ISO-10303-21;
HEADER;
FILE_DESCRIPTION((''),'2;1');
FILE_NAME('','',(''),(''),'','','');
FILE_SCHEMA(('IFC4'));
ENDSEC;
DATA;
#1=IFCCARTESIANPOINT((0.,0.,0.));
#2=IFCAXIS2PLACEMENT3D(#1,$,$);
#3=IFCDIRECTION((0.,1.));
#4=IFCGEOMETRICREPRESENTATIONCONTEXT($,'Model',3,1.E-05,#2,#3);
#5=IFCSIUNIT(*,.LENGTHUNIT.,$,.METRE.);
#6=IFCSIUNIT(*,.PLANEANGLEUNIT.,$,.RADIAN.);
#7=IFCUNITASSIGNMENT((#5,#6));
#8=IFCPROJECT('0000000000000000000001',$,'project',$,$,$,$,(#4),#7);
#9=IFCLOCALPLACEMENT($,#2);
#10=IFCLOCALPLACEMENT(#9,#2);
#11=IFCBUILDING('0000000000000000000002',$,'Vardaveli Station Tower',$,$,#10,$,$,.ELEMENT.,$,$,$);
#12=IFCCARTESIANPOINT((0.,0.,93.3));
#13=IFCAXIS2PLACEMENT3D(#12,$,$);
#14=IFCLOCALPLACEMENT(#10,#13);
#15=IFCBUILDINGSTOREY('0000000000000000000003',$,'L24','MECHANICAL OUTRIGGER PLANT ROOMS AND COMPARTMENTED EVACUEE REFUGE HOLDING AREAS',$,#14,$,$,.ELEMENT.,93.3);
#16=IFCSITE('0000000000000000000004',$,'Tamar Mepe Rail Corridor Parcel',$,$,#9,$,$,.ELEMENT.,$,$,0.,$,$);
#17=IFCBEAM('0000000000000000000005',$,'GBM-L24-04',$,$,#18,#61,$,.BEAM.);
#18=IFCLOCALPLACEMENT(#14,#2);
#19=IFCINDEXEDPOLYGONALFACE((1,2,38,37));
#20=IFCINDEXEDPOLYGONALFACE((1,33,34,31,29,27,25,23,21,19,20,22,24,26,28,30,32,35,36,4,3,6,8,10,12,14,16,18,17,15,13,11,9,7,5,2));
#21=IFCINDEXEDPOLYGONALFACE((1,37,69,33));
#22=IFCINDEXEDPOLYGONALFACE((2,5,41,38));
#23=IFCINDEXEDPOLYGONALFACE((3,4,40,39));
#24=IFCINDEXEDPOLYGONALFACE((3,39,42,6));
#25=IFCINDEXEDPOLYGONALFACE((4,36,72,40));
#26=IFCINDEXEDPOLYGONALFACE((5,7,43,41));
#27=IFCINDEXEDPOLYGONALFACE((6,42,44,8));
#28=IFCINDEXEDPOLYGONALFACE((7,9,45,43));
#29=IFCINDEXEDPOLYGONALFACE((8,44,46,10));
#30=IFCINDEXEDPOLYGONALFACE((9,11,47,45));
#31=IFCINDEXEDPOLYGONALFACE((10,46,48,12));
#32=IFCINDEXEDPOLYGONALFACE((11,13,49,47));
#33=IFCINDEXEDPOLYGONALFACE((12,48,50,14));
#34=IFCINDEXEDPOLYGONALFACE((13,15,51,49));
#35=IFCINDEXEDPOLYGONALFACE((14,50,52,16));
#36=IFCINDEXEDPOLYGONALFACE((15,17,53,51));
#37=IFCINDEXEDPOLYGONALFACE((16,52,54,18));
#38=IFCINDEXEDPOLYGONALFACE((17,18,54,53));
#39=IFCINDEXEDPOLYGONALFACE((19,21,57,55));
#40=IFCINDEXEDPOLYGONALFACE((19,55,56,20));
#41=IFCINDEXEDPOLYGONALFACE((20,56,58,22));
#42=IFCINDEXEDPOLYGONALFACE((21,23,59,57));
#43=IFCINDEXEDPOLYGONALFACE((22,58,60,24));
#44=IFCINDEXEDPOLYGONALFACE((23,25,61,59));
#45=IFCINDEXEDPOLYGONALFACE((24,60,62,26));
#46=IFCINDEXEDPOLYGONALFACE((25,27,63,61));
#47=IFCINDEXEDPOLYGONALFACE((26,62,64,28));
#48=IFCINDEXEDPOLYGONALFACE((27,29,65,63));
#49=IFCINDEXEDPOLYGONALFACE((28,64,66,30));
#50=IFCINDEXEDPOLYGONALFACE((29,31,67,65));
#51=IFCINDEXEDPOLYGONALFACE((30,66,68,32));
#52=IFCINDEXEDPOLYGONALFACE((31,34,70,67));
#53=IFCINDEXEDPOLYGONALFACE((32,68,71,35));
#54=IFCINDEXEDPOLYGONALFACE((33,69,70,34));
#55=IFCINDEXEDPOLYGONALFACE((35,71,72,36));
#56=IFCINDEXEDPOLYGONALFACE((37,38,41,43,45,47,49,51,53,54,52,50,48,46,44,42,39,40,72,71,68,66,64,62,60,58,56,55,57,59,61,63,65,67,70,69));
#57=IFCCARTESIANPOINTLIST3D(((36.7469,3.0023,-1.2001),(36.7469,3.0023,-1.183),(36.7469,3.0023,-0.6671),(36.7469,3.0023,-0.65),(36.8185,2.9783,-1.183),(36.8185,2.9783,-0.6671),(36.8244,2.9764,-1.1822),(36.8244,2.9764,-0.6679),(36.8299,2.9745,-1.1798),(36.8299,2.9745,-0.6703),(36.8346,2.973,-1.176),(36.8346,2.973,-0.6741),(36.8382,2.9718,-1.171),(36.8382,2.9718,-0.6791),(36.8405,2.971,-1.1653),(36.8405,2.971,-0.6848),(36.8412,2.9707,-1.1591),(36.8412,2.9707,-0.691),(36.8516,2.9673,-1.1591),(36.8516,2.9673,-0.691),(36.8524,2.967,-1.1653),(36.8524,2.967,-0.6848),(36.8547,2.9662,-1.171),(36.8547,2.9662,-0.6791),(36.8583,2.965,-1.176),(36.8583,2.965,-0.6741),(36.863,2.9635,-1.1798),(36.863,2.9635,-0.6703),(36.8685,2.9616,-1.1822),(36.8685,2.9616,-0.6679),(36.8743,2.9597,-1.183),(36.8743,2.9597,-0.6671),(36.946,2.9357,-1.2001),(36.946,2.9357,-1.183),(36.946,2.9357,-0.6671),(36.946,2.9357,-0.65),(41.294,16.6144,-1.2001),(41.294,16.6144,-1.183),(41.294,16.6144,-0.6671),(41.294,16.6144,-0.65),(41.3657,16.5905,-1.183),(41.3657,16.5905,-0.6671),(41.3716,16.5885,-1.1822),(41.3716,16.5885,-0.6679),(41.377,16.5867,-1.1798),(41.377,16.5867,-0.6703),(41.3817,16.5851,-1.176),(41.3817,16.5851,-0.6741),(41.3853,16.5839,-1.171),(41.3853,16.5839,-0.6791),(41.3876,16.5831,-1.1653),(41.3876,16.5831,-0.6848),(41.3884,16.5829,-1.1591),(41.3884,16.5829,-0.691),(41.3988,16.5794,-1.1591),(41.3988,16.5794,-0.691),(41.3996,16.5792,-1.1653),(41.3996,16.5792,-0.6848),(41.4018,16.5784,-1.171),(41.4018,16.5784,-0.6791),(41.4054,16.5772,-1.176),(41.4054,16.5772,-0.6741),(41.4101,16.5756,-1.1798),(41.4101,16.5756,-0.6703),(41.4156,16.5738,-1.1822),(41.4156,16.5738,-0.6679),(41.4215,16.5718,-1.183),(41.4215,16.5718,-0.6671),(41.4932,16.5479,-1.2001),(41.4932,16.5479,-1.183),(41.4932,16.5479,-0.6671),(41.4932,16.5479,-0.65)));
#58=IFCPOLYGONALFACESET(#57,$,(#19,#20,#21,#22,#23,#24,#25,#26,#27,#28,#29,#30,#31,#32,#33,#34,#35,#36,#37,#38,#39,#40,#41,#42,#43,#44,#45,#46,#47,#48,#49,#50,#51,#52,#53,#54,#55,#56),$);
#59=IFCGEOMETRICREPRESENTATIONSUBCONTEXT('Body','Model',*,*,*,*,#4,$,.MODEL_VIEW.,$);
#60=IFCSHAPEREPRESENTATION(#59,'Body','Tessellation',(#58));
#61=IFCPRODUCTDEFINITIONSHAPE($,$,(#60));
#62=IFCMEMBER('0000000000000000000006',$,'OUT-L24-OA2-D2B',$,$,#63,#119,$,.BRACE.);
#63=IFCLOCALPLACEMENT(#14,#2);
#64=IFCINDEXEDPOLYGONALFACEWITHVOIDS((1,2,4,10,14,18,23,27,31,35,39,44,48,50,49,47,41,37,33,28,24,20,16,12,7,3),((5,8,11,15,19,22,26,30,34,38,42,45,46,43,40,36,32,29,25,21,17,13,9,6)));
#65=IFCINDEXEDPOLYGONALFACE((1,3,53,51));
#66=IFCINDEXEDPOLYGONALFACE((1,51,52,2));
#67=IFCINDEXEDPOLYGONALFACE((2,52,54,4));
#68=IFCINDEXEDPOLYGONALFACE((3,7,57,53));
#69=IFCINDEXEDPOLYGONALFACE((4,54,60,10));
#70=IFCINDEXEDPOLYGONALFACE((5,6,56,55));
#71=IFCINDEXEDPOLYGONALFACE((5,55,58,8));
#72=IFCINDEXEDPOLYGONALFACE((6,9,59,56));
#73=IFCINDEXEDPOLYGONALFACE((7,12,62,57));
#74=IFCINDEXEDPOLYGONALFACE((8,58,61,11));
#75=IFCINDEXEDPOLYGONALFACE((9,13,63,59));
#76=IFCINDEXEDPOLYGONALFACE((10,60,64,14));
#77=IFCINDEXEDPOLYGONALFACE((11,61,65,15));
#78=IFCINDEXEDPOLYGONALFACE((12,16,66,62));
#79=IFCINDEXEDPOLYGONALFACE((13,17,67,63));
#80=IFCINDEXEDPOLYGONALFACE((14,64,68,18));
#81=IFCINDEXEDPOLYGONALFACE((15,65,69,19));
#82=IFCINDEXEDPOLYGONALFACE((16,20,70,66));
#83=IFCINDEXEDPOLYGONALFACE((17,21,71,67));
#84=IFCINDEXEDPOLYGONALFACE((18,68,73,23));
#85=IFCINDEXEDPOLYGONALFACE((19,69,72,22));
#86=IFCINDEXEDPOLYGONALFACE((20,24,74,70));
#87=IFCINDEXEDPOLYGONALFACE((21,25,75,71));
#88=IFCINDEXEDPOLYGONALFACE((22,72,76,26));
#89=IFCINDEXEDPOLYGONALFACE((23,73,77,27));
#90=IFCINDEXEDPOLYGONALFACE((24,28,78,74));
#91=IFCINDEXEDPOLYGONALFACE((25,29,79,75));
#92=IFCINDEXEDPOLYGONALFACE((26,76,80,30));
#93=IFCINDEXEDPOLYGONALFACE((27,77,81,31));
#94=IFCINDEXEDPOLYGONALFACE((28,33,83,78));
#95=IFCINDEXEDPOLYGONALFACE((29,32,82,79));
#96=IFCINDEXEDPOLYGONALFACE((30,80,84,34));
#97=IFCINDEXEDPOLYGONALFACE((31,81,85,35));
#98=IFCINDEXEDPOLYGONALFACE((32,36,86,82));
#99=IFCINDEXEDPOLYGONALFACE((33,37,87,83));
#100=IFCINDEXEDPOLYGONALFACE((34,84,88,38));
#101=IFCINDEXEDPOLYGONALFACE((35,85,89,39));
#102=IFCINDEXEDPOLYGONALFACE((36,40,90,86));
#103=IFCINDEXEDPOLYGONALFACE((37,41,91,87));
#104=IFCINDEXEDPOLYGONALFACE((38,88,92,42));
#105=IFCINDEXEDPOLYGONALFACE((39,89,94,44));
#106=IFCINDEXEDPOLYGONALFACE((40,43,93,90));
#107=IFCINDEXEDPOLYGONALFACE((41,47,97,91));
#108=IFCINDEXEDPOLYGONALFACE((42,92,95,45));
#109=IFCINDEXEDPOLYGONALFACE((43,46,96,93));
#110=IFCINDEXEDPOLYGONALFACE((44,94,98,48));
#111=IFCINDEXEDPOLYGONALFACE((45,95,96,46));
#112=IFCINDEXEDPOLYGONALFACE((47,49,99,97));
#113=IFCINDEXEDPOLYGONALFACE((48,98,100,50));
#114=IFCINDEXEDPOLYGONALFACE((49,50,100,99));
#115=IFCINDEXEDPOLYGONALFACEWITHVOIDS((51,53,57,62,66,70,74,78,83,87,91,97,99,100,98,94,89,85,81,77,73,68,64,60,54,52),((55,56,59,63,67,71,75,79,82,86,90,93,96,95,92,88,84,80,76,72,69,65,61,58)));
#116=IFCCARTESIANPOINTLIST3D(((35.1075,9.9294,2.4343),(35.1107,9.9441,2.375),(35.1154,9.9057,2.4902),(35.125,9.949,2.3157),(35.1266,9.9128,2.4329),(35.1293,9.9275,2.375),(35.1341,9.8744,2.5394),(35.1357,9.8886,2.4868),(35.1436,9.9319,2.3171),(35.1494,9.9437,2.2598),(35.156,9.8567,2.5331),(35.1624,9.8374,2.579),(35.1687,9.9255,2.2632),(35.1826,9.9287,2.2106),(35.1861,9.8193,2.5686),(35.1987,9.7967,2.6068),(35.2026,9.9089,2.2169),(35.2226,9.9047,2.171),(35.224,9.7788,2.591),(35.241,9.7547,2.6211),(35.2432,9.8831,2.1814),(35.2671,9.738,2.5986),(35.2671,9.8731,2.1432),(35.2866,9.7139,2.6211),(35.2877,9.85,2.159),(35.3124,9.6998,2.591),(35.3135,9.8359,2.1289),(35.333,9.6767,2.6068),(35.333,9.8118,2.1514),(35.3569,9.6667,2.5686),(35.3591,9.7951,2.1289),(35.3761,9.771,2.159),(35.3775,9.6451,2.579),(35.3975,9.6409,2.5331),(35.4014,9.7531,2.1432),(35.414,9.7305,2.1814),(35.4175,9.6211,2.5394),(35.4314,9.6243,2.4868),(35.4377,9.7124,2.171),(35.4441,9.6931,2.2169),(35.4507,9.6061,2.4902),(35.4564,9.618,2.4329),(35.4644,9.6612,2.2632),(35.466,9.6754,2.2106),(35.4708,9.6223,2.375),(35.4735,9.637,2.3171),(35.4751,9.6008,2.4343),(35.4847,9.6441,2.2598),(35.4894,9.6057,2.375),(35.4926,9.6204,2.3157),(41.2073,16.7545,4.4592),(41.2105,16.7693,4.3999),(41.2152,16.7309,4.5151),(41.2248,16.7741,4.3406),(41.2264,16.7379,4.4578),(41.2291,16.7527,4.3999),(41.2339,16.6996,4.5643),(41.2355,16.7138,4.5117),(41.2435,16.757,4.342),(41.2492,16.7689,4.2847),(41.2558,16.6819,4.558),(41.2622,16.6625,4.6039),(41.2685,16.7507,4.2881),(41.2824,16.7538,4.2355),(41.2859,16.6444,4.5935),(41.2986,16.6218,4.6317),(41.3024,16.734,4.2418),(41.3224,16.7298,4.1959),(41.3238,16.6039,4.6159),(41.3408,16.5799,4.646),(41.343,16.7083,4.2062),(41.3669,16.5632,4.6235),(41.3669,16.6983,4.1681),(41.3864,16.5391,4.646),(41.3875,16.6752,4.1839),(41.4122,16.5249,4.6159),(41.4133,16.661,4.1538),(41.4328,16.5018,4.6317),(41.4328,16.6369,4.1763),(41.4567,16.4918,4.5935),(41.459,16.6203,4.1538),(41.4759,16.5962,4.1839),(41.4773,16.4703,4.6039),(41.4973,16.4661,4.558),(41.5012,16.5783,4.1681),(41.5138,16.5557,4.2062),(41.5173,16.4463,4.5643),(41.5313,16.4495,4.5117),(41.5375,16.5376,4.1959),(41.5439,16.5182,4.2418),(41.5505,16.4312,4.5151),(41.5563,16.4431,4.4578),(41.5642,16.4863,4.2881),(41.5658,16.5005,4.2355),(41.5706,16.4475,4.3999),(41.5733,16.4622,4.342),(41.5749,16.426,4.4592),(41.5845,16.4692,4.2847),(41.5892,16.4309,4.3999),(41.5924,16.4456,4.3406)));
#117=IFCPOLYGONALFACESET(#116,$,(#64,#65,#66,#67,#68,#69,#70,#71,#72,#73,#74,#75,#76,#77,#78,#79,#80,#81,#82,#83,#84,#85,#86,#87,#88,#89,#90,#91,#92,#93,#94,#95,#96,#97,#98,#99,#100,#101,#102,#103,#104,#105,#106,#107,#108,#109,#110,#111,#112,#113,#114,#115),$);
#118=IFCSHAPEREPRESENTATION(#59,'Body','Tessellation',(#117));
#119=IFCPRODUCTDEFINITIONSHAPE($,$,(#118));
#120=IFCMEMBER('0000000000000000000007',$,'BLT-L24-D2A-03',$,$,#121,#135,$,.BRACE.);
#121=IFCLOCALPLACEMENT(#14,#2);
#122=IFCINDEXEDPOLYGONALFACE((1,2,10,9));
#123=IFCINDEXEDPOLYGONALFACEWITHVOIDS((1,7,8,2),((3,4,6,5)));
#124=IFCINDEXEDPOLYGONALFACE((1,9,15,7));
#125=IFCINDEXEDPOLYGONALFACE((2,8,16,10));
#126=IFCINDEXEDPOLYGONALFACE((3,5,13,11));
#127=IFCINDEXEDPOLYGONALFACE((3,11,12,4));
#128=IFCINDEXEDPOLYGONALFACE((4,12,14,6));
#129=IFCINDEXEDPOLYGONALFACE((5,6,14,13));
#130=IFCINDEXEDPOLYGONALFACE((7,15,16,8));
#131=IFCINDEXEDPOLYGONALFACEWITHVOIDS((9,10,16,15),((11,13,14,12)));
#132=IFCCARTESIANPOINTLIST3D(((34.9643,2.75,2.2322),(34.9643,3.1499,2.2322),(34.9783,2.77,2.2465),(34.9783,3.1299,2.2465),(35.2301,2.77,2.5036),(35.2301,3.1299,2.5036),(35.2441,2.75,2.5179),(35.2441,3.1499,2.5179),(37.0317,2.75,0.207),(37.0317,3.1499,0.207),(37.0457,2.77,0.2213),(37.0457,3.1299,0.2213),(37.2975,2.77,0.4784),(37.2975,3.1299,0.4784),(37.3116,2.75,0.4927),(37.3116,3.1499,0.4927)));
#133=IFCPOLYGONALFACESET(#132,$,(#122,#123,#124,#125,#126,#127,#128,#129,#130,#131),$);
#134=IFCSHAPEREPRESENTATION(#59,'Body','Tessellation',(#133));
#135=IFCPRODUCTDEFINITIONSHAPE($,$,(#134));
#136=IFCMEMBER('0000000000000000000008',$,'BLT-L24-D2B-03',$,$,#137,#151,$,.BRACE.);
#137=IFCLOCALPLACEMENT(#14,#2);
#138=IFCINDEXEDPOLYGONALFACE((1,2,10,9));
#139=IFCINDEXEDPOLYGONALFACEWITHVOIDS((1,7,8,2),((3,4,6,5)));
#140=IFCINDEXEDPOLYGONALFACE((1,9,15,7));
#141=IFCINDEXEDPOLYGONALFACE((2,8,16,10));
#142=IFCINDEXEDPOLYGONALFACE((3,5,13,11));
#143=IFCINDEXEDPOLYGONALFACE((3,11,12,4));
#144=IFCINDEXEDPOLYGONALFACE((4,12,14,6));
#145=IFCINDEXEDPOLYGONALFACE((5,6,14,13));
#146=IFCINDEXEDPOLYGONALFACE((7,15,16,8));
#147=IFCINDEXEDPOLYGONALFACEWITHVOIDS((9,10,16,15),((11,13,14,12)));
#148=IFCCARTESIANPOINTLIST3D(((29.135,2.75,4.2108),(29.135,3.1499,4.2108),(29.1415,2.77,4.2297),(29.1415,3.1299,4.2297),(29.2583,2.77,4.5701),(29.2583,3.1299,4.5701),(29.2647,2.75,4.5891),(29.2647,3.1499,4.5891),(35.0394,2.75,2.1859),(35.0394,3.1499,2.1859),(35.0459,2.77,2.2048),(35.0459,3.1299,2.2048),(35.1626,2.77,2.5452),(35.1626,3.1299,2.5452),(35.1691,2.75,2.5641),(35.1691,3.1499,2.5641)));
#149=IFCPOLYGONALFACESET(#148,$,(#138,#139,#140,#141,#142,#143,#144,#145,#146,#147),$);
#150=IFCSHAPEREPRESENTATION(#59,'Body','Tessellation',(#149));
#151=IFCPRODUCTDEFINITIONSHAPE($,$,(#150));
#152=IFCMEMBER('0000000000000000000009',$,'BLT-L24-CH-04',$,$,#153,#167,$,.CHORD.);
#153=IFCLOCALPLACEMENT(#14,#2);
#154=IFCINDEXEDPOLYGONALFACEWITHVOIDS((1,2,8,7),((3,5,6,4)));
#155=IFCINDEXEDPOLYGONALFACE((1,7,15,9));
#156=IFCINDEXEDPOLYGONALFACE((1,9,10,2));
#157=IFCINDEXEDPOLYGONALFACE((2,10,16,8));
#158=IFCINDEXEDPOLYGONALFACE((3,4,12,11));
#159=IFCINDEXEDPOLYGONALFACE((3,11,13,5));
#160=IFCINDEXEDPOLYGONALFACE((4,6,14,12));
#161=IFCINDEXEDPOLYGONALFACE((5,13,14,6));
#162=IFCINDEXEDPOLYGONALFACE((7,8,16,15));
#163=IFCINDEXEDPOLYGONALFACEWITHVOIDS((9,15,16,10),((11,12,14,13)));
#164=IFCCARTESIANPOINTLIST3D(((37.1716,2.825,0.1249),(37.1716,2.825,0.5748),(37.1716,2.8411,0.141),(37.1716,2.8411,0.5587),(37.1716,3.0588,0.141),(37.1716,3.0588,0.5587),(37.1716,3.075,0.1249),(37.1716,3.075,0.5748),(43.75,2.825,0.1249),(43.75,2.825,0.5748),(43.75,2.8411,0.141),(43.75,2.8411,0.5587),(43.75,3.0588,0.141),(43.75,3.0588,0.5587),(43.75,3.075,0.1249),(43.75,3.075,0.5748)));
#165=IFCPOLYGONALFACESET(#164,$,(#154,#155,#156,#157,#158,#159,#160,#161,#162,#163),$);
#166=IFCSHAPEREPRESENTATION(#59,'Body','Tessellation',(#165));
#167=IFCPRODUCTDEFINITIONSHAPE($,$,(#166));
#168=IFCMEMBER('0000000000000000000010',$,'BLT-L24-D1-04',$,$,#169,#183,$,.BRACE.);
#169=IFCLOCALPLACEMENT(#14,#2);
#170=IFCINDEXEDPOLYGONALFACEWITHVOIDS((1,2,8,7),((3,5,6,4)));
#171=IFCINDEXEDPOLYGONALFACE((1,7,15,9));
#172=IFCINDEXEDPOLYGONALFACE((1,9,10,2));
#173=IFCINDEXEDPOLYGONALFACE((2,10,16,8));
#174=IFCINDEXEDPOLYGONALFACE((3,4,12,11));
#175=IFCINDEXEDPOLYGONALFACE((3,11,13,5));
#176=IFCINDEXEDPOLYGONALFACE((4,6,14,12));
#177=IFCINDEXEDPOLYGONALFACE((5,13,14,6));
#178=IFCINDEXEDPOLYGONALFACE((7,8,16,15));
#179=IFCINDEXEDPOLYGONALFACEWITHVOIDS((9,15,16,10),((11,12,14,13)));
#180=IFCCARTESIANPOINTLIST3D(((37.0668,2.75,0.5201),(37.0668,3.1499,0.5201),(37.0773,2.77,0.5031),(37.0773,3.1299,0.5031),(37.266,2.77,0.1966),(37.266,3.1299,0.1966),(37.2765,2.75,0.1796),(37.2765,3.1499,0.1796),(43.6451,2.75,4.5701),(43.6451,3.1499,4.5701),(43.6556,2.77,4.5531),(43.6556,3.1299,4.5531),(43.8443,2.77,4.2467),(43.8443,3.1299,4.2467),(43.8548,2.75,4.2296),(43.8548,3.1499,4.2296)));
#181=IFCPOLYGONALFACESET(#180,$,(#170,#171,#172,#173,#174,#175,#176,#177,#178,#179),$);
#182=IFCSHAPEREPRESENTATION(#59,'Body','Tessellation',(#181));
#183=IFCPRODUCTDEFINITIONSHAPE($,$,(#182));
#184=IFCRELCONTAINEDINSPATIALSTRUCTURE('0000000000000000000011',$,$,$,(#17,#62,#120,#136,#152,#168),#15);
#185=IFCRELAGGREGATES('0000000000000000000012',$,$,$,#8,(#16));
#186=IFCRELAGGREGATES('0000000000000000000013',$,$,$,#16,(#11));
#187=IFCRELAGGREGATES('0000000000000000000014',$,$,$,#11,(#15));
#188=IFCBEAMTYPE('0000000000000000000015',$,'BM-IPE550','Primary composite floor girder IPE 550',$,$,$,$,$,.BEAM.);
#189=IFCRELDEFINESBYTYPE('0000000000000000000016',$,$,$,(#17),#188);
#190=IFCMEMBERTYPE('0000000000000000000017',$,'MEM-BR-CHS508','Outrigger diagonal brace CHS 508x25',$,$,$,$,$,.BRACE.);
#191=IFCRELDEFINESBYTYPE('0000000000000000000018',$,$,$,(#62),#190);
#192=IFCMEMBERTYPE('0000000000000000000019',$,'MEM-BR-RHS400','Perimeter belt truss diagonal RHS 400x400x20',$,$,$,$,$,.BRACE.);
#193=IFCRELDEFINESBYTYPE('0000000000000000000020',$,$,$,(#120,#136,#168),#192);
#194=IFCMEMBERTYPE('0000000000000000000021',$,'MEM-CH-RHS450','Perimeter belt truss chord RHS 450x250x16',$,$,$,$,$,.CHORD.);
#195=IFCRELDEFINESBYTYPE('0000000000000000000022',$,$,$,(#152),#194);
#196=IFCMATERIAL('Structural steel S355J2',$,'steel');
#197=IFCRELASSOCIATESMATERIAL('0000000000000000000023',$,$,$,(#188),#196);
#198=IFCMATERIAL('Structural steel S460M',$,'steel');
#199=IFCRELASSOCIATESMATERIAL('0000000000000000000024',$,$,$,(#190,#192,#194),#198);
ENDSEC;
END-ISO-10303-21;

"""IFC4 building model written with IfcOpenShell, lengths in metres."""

from ifc_helpers import new_model, si_unit, direction, frame, origin, origin_2d, place, context, subcontext, project, spatial, hollow_rectangle, hollow_circle, i_section, extrude, source, transform, mapped, material, material_profile, profile_set, type_object, element, save


model = new_model("IFC4")

# Units and contexts
model_context = context("Model", 3, precision=1e-05, world=origin(), true_north=direction((0.0, 1.0)))
body_context = subcontext(model_context, "Body", "Model", "MODEL_VIEW")
ifc_project = project(units=[si_unit("LENGTHUNIT", "METRE"), si_unit("PLANEANGLEUNIT", "RADIAN")], contexts=[model_context])

# Site, building, storey
site_placement = place(None, origin())
site = spatial("IfcSite", under=ifc_project, at=site_placement, Name="Tamar Mepe Rail Corridor Parcel", CompositionType="ELEMENT", RefElevation=0.0)
building_placement = place(site_placement, origin())
building = spatial("IfcBuilding", under=site, at=building_placement, Name="Vardaveli Station Tower", CompositionType="ELEMENT")
storey_placement = place(building_placement, frame((0.0, 0.0, 93.3)))
storey = spatial("IfcBuildingStorey", under=building, at=storey_placement, Name="L24", Description="MECHANICAL OUTRIGGER PLANT ROOMS AND COMPARTMENTED EVACUEE REFUGE HOLDING AREAS", CompositionType="ELEMENT", Elevation=93.3)

# Shared definitions
ifc_material_1 = material(Name="Structural steel S460M", Category="steel")

# Beam
ifc_material_2 = material(Name="Structural steel S355J2", Category="steel")
ifc_material_profile_1 = material_profile(ifc_material_2, i_section(OverallWidth=0.21, OverallDepth=0.55, WebThickness=0.011, FlangeThickness=0.0171, FilletRadius=0.0239, at=origin_2d()), Name="IPE 550")
ifc_profile_set_1 = profile_set([ifc_material_profile_1], Name="Structural steel S355J2")
beam_type_1 = type_object("IfcBeamType", Name="BM-IPE550", Description="Primary composite floor girder IPE 550", PredefinedType="BEAM", material=ifc_profile_set_1)
shared_shape_1 = source(origin(), body_context, "Body", "SweptSolid", [
    extrude(i_section(OverallWidth=0.21, OverallDepth=0.55, WebThickness=0.011, FlangeThickness=0.0171, FilletRadius=0.0239, at=origin_2d()), origin(), (0.0, 0.0, 1.0), 14.3516),
])
beam_1_placement = place(storey_placement, frame((36.8464, 2.969, -0.925), z_axis=(0.31684, 0.948479, 0.0), x_axis=(-0.948479, 0.31684, 0.0)))
element("IfcBeam", 1, at=beam_1_placement, inside=storey, type_object=beam_type_1, Name="GBM-L24-04", PredefinedType="BEAM", context=body_context, shape_type="MappedRepresentation", body=[
    mapped(shared_shape_1, transform((0.0, 0.0, 0.0), scale=1.0)),
])

# Members
ifc_material_profile_2 = material_profile(ifc_material_1, hollow_circle(Radius=0.2539, WallThickness=0.0249, at=origin_2d()), Name="CHS 508x25")
ifc_profile_set_2 = profile_set([ifc_material_profile_2], Name="Structural steel S460M")
member_type_1 = type_object("IfcMemberType", Name="MEM-BR-CHS508", Description="Outrigger diagonal brace CHS 508x25", PredefinedType="BRACE", material=ifc_profile_set_2)
shared_shape_2 = source(origin(), body_context, "Body", "SweptSolid", [
    extrude(hollow_circle(Radius=0.2539, WallThickness=0.0249, at=origin_2d()), origin(), (0.0, 0.0, 1.0), 9.375),
])
member_1_placement = place(storey_placement, frame((35.3, 9.7749, 2.375), z_axis=(0.650647, 0.728016, 0.215988), x_axis=(-0.745616, 0.666376, 0.0)))
element("IfcMember", 2, at=member_1_placement, inside=storey, type_object=member_type_1, Name="OUT-L24-OA2-D2B", PredefinedType="BRACE", context=body_context, shape_type="MappedRepresentation", body=[
    mapped(shared_shape_2, transform((0.0, 0.0, 0.0), scale=1.0)),
])
ifc_material_profile_3 = material_profile(ifc_material_1, hollow_rectangle(XDim=0.3999, YDim=0.3999, WallThickness=0.02, at=origin_2d()), Name="RHS 400x400x20")
ifc_profile_set_3 = profile_set([ifc_material_profile_3], Name="Structural steel S460M")
member_type_2 = type_object("IfcMemberType", Name="MEM-BR-RHS400", Description="Perimeter belt truss diagonal RHS 400x400x20", PredefinedType="BRACE", material=ifc_profile_set_3)
shared_shape_3 = source(origin(), body_context, "Body", "SweptSolid", [
    extrude(hollow_rectangle(XDim=0.3999, YDim=0.3999, WallThickness=0.02, at=origin_2d()), origin(), (0.0, 0.0, 1.0), 2.894),
])
member_2_placement = place(storey_placement, frame((37.1716, 2.95, 0.3499), z_axis=(-0.714366, 0.0, 0.699772), x_axis=(0.0, -1.0, 0.0)))
element("IfcMember", 3, at=member_2_placement, inside=storey, type_object=member_type_2, Name="BLT-L24-D2A-03", PredefinedType="BRACE", context=body_context, shape_type="MappedRepresentation", body=[
    mapped(shared_shape_3, transform((0.0, 0.0, 0.0), scale=1.0)),
])
shared_shape_4 = source(origin(), body_context, "Body", "SweptSolid", [
    extrude(hollow_rectangle(XDim=0.3999, YDim=0.3999, WallThickness=0.02, at=origin_2d()), origin(), (0.0, 0.0, 1.0), 6.2419),
])
member_3_placement = place(storey_placement, frame((35.1042, 2.95, 2.375), z_axis=(-0.945918, 0.0, 0.324406), x_axis=(0.0, -1.0, 0.0)))
element("IfcMember", 4, at=member_3_placement, inside=storey, type_object=member_type_2, Name="BLT-L24-D2B-03", PredefinedType="BRACE", context=body_context, shape_type="MappedRepresentation", body=[
    mapped(shared_shape_4, transform((0.0, 0.0, 0.0), scale=1.0)),
])
ifc_material_profile_4 = material_profile(ifc_material_1, hollow_rectangle(XDim=0.25, YDim=0.45, WallThickness=0.0161, at=origin_2d()), Name="RHS 450x250x16")
ifc_profile_set_4 = profile_set([ifc_material_profile_4], Name="Structural steel S460M")
member_type_3 = type_object("IfcMemberType", Name="MEM-CH-RHS450", Description="Perimeter belt truss chord RHS 450x250x16", PredefinedType="CHORD", material=ifc_profile_set_4)
shared_shape_5 = source(origin(), body_context, "Body", "SweptSolid", [
    extrude(hollow_rectangle(XDim=0.25, YDim=0.45, WallThickness=0.0161, at=origin_2d()), origin(), (0.0, 0.0, 1.0), 6.5784),
])
member_4_placement = place(storey_placement, frame((37.1716, 2.95, 0.3499), z_axis=(1.0, 0.0, 0.0), x_axis=(0.0, 1.0, 0.0)))
element("IfcMember", 5, at=member_4_placement, inside=storey, type_object=member_type_3, Name="BLT-L24-CH-04", PredefinedType="CHORD", context=body_context, shape_type="MappedRepresentation", body=[
    mapped(shared_shape_5, transform((0.0, 0.0, 0.0), scale=1.0)),
])
shared_shape_6 = source(origin(), body_context, "Body", "SweptSolid", [
    extrude(hollow_rectangle(XDim=0.3999, YDim=0.3999, WallThickness=0.02, at=origin_2d()), origin(), (0.0, 0.0, 1.0), 7.7251),
])
member_5_placement = place(storey_placement, frame((37.1716, 2.95, 0.3499), z_axis=(0.851553, 0.0, 0.524268), x_axis=(0.0, 1.0, 0.0)))
element("IfcMember", 6, at=member_5_placement, inside=storey, type_object=member_type_2, Name="BLT-L24-D1-04", PredefinedType="BRACE", context=body_context, shape_type="MappedRepresentation", body=[
    mapped(shared_shape_6, transform((0.0, 0.0, 0.0), scale=1.0)),
])

save(model, "model.ifc")
